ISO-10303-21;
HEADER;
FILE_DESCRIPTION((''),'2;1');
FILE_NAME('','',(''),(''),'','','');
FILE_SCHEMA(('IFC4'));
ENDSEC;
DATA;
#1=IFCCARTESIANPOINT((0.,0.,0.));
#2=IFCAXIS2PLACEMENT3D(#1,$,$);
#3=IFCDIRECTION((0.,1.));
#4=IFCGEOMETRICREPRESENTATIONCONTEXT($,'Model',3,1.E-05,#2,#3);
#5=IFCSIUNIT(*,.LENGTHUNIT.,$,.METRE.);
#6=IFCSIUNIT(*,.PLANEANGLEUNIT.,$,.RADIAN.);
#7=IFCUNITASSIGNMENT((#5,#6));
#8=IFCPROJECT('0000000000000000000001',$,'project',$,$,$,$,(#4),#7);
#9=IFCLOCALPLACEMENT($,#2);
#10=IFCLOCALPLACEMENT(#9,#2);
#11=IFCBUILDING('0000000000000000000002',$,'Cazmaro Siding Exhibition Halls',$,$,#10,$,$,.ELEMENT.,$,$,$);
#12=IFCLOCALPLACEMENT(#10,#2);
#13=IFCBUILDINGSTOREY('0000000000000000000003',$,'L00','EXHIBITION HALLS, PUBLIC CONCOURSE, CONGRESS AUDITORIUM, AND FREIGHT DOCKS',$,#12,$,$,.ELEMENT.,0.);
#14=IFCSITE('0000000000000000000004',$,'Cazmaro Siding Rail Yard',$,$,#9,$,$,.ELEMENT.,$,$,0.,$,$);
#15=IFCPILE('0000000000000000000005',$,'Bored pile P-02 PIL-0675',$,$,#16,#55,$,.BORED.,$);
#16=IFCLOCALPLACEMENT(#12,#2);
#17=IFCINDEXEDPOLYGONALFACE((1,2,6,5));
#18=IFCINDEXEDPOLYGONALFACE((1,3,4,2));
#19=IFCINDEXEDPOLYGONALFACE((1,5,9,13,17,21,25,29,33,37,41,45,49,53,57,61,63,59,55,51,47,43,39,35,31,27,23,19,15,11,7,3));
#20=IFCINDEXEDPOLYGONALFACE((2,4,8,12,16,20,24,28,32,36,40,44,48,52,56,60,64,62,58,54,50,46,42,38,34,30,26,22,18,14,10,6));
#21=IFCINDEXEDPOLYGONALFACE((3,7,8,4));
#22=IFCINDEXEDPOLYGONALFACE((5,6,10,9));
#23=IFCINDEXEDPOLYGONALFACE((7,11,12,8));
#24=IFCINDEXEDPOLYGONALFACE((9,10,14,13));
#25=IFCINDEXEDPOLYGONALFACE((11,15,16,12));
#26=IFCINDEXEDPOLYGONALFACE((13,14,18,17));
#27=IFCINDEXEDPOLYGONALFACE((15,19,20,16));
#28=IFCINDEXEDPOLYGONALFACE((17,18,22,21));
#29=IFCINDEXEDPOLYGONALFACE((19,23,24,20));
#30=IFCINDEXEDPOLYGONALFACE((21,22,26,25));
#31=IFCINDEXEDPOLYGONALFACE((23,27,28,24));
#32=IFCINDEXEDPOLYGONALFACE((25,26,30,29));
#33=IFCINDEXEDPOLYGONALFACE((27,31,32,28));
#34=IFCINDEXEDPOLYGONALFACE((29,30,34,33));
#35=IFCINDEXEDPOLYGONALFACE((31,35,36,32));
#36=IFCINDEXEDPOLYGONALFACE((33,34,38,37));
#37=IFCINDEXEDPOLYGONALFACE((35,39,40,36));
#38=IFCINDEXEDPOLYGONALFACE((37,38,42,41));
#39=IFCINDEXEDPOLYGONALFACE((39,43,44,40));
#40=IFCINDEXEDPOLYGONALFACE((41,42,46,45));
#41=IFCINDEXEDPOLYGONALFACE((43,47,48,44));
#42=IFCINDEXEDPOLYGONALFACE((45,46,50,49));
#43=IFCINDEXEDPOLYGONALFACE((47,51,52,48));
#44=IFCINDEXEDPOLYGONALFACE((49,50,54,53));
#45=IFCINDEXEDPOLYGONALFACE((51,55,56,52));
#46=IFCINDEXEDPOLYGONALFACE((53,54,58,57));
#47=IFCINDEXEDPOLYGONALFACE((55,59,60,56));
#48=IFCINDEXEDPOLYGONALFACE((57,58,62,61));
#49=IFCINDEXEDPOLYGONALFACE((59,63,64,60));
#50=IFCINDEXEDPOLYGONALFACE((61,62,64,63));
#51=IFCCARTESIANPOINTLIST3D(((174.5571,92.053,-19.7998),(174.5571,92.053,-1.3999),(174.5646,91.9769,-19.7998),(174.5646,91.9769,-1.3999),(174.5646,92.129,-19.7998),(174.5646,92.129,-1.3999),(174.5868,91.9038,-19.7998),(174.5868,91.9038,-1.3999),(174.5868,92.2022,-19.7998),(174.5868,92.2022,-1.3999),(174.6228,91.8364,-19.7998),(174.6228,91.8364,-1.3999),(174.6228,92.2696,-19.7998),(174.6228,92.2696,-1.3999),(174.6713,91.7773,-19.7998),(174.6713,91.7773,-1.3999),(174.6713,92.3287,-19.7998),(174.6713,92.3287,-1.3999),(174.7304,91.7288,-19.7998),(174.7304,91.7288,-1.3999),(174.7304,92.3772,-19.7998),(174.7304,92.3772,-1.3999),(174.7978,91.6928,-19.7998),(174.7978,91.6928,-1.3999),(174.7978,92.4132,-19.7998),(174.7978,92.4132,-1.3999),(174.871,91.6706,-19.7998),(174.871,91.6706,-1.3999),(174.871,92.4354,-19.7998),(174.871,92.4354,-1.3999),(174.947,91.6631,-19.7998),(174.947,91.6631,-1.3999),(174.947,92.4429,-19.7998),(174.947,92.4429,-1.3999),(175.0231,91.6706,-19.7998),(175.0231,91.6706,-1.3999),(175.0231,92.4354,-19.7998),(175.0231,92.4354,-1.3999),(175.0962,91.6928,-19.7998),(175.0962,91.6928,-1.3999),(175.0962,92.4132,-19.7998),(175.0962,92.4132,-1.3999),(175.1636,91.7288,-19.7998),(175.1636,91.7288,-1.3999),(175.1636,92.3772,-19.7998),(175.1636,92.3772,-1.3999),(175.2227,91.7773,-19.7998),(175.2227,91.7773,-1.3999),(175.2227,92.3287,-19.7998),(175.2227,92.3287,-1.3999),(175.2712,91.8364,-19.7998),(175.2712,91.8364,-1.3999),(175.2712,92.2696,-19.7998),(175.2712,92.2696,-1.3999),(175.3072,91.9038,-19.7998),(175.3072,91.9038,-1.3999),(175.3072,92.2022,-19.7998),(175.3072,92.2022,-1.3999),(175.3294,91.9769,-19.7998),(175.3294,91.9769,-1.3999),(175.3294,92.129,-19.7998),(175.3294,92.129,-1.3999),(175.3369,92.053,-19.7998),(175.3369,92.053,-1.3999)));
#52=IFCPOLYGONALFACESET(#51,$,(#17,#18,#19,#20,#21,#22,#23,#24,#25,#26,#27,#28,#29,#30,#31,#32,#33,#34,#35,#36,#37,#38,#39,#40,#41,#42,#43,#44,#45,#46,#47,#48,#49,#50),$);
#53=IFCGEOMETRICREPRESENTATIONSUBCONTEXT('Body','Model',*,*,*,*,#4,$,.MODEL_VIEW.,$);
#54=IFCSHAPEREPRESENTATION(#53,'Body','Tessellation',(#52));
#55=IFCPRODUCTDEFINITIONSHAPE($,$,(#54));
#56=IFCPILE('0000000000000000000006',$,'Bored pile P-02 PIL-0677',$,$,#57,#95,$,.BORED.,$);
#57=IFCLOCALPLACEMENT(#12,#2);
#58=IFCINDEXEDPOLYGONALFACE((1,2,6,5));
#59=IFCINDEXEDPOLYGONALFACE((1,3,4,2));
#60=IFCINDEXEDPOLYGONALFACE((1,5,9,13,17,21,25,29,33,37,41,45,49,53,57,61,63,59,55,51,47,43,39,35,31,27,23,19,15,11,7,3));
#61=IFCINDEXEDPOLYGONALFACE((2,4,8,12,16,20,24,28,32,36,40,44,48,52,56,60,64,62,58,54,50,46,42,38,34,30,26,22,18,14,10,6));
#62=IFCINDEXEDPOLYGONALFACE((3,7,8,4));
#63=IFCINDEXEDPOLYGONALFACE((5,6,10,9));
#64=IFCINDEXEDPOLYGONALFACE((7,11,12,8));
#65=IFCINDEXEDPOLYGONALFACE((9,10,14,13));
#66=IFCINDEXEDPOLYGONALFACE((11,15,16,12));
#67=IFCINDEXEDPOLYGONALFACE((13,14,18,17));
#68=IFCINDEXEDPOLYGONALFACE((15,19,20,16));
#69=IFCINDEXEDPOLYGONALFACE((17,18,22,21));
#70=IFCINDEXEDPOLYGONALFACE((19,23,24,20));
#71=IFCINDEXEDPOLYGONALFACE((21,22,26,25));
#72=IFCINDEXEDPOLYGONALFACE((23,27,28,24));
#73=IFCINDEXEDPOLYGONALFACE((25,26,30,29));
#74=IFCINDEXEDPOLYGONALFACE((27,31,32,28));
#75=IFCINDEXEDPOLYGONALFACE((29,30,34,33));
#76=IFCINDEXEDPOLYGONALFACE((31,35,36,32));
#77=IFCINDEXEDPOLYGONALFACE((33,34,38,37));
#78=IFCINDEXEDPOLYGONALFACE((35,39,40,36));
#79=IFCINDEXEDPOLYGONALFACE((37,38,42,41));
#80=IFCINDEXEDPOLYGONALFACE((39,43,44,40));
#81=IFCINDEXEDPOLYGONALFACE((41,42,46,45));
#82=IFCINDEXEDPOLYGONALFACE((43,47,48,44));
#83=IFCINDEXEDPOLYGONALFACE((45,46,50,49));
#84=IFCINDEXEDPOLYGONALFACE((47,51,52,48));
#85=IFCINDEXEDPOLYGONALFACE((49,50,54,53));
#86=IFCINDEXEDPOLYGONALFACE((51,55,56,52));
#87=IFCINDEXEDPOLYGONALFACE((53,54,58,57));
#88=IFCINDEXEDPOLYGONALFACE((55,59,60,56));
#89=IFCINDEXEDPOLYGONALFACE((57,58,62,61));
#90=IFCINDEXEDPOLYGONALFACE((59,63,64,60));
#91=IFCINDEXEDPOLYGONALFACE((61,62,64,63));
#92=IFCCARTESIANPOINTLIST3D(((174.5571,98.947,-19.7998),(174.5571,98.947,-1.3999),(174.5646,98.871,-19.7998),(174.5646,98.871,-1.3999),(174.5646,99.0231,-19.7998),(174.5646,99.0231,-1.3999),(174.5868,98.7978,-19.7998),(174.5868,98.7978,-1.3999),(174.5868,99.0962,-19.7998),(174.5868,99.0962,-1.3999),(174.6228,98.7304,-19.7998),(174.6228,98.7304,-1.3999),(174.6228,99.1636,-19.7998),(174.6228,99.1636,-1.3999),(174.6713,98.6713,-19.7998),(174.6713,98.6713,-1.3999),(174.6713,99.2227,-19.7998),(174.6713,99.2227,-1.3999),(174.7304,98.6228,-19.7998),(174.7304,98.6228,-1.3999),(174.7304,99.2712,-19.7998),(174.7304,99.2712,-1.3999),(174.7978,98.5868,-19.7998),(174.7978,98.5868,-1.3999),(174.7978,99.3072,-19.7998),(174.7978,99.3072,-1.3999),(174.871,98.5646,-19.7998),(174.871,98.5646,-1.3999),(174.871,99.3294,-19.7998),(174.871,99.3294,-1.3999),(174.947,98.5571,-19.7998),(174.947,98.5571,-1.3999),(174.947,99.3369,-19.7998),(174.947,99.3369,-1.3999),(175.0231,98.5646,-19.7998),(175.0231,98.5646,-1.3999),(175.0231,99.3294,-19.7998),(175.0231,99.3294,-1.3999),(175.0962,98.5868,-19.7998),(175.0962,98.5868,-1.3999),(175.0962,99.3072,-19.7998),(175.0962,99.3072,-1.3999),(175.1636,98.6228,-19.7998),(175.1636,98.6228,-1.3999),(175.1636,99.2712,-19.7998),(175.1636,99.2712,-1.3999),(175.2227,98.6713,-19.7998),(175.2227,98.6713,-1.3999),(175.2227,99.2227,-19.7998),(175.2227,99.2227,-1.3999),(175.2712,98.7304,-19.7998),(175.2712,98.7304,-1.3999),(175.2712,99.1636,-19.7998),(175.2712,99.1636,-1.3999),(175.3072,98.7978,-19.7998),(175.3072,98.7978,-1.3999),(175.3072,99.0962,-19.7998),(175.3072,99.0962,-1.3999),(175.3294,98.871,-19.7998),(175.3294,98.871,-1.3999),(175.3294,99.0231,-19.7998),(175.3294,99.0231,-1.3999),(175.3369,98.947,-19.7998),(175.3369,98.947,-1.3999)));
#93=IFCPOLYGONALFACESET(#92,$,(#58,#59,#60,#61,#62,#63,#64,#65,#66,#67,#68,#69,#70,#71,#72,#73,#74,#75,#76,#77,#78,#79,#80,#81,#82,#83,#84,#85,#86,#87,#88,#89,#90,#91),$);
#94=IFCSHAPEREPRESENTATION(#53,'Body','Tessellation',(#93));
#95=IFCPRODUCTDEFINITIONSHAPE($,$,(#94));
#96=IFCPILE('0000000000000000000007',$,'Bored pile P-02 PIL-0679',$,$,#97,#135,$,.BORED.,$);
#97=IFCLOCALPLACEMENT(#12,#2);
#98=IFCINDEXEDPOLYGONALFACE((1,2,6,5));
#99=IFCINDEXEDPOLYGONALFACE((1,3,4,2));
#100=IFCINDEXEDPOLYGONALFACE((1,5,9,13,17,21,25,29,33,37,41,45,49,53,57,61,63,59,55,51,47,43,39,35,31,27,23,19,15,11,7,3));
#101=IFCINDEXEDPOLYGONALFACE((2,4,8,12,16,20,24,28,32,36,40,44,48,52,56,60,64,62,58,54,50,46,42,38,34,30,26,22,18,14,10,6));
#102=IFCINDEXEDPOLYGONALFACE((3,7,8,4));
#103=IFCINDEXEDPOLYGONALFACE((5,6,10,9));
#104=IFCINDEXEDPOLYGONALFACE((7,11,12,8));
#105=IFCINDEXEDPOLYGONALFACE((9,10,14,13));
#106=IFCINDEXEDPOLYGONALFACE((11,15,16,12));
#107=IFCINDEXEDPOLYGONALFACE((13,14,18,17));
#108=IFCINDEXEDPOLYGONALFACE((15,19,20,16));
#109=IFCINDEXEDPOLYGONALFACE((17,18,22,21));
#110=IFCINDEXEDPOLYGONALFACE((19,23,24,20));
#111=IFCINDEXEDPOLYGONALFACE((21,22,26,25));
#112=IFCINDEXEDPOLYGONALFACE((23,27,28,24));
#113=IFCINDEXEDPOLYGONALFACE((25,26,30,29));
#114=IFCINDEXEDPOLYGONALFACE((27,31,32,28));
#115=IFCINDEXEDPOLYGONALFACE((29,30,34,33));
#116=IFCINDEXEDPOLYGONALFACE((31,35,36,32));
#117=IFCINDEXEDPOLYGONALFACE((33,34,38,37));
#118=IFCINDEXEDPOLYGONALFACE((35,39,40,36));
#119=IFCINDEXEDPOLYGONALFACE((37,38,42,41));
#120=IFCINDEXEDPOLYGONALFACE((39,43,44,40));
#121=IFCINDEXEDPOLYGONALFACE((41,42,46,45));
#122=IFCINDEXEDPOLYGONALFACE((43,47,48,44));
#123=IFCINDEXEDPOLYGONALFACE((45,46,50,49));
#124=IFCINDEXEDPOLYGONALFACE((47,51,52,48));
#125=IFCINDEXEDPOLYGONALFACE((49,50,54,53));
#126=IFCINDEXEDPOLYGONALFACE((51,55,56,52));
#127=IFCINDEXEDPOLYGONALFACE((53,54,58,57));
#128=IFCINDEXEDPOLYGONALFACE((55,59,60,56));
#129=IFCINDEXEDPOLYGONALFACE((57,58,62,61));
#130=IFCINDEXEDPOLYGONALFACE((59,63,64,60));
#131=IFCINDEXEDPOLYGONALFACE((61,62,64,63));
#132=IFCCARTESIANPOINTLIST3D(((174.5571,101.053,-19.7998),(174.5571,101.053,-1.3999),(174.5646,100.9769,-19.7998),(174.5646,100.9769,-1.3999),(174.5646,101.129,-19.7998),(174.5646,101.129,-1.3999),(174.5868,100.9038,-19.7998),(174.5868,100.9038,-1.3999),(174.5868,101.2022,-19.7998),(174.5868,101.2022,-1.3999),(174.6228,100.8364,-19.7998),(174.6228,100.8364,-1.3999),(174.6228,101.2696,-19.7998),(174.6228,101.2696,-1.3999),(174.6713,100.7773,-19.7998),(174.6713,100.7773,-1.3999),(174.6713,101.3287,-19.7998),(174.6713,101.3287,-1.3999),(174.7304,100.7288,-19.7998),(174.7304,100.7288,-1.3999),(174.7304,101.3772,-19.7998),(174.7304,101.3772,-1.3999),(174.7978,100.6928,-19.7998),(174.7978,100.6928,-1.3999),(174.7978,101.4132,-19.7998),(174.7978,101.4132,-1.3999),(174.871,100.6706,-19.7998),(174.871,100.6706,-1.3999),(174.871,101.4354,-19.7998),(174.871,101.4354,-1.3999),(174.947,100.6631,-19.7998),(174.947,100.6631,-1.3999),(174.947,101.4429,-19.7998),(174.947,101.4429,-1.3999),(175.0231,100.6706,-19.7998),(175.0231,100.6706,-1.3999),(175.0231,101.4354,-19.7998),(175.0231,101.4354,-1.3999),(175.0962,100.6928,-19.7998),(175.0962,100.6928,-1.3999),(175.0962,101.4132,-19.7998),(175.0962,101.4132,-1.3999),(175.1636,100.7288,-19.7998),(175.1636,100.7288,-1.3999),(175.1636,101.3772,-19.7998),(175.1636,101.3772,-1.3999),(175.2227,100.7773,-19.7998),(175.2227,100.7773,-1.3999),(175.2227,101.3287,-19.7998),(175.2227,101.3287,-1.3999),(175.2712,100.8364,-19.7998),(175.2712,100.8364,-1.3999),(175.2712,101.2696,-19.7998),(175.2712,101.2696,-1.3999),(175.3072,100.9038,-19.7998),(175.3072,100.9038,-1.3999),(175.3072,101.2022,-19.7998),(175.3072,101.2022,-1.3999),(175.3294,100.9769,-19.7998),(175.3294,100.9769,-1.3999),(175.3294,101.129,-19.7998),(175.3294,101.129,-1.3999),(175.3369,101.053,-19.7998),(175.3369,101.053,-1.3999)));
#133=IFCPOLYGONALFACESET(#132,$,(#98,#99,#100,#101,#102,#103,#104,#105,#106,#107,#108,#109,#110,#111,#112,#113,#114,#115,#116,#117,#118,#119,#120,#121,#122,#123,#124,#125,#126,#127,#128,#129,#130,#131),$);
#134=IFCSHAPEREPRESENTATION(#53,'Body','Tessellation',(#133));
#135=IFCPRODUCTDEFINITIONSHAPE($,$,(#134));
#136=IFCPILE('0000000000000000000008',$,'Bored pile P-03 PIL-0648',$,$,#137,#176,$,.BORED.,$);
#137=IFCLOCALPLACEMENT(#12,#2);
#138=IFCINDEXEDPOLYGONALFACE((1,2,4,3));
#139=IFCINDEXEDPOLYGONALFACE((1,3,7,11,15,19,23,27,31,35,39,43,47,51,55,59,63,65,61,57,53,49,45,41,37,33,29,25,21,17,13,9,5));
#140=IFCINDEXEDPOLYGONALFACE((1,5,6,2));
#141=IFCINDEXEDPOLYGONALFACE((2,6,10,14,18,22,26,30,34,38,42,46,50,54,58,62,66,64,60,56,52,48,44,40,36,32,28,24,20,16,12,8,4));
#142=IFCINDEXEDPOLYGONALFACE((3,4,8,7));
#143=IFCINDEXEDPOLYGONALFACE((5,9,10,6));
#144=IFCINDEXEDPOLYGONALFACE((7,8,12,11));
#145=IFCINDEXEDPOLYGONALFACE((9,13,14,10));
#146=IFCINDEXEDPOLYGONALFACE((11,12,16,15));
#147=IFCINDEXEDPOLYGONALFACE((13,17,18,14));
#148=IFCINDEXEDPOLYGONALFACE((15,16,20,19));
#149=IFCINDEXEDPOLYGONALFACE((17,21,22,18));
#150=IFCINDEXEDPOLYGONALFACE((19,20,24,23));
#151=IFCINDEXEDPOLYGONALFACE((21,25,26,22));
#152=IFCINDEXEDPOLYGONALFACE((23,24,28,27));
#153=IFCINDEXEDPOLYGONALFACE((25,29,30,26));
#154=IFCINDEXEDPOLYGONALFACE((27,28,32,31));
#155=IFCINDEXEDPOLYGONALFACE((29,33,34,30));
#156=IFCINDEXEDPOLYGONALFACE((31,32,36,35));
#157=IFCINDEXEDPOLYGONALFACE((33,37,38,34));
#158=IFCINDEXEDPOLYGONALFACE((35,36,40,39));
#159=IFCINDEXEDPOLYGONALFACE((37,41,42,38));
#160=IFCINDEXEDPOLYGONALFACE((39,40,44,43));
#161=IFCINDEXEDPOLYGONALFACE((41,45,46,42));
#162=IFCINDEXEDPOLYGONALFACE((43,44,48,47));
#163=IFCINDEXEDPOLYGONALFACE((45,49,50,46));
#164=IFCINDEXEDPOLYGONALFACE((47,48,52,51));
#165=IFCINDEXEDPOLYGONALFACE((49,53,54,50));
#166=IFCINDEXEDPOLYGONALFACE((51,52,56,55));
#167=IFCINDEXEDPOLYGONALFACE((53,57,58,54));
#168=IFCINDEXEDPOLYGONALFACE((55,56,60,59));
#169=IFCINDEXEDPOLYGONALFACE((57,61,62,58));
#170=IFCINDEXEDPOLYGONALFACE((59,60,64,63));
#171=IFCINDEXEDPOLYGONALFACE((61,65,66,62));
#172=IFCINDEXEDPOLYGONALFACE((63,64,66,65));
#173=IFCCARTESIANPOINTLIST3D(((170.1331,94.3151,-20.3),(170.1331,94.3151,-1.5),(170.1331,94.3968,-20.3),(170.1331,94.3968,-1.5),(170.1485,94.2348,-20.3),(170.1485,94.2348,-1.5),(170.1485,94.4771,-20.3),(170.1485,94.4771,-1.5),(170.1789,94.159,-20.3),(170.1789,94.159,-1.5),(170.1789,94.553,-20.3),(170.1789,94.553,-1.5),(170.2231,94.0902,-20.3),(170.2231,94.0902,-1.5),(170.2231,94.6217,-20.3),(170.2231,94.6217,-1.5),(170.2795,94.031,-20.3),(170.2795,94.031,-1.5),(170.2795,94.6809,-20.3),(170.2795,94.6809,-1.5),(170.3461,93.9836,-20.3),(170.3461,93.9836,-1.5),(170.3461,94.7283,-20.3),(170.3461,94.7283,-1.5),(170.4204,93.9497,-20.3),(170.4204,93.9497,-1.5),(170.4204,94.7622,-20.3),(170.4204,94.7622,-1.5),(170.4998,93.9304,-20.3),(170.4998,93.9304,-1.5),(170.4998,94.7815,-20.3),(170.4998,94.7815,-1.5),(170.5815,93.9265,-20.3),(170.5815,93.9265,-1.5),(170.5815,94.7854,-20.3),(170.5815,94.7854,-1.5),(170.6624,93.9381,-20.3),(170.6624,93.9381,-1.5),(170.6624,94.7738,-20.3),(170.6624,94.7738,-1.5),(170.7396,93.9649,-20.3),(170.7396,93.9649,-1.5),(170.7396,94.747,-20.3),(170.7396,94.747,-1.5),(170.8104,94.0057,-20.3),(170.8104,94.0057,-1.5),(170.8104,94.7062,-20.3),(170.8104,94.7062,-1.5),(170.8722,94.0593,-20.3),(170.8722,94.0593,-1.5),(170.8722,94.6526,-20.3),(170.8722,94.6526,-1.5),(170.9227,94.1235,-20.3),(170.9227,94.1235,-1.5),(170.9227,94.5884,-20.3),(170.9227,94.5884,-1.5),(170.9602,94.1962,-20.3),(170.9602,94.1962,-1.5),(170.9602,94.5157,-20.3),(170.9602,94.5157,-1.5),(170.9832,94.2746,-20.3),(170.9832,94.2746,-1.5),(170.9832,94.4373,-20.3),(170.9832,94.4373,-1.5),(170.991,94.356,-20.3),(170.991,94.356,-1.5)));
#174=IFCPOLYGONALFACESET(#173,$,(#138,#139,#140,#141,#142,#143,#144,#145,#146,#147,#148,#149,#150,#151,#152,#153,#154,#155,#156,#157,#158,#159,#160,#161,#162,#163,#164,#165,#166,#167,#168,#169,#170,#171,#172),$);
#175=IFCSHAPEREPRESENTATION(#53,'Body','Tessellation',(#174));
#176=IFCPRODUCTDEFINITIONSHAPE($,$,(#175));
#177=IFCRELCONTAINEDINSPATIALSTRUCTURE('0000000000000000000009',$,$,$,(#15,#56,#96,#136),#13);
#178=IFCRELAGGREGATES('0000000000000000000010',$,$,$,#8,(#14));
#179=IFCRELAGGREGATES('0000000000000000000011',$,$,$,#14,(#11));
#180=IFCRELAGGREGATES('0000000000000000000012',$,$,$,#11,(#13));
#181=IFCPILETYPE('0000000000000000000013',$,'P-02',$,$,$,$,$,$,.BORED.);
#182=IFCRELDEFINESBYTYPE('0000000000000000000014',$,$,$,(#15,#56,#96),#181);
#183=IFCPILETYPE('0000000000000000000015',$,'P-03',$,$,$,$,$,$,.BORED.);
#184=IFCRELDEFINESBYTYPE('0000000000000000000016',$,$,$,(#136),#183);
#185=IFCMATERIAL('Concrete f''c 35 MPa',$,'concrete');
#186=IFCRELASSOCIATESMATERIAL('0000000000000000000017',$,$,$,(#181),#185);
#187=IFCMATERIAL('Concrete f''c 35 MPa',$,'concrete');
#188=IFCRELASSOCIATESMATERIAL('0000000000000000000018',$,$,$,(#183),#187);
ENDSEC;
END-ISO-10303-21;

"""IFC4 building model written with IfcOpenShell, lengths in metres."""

from ifc_helpers import new_model, si_unit, direction, frame, origin, origin_2d, place, context, subcontext, project, spatial, circle, extrude, material, material_profile, profile_set, type_object, element, save


model = new_model("IFC4")

# Units and contexts
model_context = context("Model", 3, precision=1e-05, world=origin(), true_north=direction((0.0, 1.0)))
body_context = subcontext(model_context, "Body", "Model", "MODEL_VIEW")
ifc_project = project(units=[si_unit("LENGTHUNIT", "METRE"), si_unit("PLANEANGLEUNIT", "RADIAN")], contexts=[model_context])

# Site, building, storey
site_placement = place(None, origin())
site = spatial("IfcSite", under=ifc_project, at=site_placement, Name="Cazmaro Siding Rail Yard", CompositionType="ELEMENT", RefElevation=0.0)
building_placement = place(site_placement, origin())
building = spatial("IfcBuilding", under=site, at=building_placement, Name="Cazmaro Siding Exhibition Halls", CompositionType="ELEMENT")
storey_placement = place(building_placement, origin())
storey = spatial("IfcBuildingStorey", under=building, at=storey_placement, Name="L00", Description="EXHIBITION HALLS, PUBLIC CONCOURSE, CONGRESS AUDITORIUM, AND FREIGHT DOCKS", CompositionType="ELEMENT", Elevation=0.0)

# Piles
ifc_material_1 = material(Name="Concrete f'c 35 MPa", Category="concrete")
ifc_material_profile_1 = material_profile(ifc_material_1, circle(Radius=0.3899, at=origin_2d()), Name="CIDH-780")
ifc_profile_set_1 = profile_set([ifc_material_profile_1], Name="Concrete f'c 35 MPa")
pile_type_1 = type_object("IfcPileType", Name="P-02", PredefinedType="BORED", material=ifc_profile_set_1)
for number, where, z_axis, x_axis, name in (
    (1, (174.947, 92.053, -1.3999), (0.0, 0.0, -1.0), (1.0, 0.0, 0.0), "Bored pile P-02 PIL-0675"),
    (2, (174.947, 98.947, -1.3999), (0.0, 0.0, -1.0), (1.0, 0.0, 0.0), "Bored pile P-02 PIL-0677"),
    (3, (174.947, 101.053, -1.3999), (0.0, 0.0, -1.0), (1.0, 0.0, 0.0), "Bored pile P-02 PIL-0679"),
):
    element("IfcPile", number, at=place(storey_placement, frame(where, z_axis=z_axis, x_axis=x_axis)), inside=storey, type_object=pile_type_1, Name=name, PredefinedType="BORED", context=body_context, shape_type="SweptSolid", body=[
        extrude(circle(Radius=0.3899, at=origin_2d()), origin(), (0.0, 0.0, 1.0), 18.3999),
    ])
ifc_material_2 = material(Name="Concrete f'c 35 MPa", Category="concrete")
ifc_material_profile_2 = material_profile(ifc_material_2, circle(Radius=0.4299, at=origin_2d()), Name="CIDH-860")
ifc_profile_set_2 = profile_set([ifc_material_profile_2], Name="Concrete f'c 35 MPa")
pile_type_2 = type_object("IfcPileType", Name="P-03", PredefinedType="BORED", material=ifc_profile_set_2)
for number, where, z_axis, x_axis, name in (
    (4, (170.561, 94.356, -1.5), (0.0, 0.0, -1.0), (1.0, 0.0, 0.0), "Bored pile P-03 PIL-0648"),
):
    element("IfcPile", number, at=place(storey_placement, frame(where, z_axis=z_axis, x_axis=x_axis)), inside=storey, type_object=pile_type_2, Name=name, PredefinedType="BORED", context=body_context, shape_type="SweptSolid", body=[
        extrude(circle(Radius=0.4299, at=origin_2d()), origin(), (0.0, 0.0, 1.0), 18.8),
    ])

save(model, "model.ifc")
